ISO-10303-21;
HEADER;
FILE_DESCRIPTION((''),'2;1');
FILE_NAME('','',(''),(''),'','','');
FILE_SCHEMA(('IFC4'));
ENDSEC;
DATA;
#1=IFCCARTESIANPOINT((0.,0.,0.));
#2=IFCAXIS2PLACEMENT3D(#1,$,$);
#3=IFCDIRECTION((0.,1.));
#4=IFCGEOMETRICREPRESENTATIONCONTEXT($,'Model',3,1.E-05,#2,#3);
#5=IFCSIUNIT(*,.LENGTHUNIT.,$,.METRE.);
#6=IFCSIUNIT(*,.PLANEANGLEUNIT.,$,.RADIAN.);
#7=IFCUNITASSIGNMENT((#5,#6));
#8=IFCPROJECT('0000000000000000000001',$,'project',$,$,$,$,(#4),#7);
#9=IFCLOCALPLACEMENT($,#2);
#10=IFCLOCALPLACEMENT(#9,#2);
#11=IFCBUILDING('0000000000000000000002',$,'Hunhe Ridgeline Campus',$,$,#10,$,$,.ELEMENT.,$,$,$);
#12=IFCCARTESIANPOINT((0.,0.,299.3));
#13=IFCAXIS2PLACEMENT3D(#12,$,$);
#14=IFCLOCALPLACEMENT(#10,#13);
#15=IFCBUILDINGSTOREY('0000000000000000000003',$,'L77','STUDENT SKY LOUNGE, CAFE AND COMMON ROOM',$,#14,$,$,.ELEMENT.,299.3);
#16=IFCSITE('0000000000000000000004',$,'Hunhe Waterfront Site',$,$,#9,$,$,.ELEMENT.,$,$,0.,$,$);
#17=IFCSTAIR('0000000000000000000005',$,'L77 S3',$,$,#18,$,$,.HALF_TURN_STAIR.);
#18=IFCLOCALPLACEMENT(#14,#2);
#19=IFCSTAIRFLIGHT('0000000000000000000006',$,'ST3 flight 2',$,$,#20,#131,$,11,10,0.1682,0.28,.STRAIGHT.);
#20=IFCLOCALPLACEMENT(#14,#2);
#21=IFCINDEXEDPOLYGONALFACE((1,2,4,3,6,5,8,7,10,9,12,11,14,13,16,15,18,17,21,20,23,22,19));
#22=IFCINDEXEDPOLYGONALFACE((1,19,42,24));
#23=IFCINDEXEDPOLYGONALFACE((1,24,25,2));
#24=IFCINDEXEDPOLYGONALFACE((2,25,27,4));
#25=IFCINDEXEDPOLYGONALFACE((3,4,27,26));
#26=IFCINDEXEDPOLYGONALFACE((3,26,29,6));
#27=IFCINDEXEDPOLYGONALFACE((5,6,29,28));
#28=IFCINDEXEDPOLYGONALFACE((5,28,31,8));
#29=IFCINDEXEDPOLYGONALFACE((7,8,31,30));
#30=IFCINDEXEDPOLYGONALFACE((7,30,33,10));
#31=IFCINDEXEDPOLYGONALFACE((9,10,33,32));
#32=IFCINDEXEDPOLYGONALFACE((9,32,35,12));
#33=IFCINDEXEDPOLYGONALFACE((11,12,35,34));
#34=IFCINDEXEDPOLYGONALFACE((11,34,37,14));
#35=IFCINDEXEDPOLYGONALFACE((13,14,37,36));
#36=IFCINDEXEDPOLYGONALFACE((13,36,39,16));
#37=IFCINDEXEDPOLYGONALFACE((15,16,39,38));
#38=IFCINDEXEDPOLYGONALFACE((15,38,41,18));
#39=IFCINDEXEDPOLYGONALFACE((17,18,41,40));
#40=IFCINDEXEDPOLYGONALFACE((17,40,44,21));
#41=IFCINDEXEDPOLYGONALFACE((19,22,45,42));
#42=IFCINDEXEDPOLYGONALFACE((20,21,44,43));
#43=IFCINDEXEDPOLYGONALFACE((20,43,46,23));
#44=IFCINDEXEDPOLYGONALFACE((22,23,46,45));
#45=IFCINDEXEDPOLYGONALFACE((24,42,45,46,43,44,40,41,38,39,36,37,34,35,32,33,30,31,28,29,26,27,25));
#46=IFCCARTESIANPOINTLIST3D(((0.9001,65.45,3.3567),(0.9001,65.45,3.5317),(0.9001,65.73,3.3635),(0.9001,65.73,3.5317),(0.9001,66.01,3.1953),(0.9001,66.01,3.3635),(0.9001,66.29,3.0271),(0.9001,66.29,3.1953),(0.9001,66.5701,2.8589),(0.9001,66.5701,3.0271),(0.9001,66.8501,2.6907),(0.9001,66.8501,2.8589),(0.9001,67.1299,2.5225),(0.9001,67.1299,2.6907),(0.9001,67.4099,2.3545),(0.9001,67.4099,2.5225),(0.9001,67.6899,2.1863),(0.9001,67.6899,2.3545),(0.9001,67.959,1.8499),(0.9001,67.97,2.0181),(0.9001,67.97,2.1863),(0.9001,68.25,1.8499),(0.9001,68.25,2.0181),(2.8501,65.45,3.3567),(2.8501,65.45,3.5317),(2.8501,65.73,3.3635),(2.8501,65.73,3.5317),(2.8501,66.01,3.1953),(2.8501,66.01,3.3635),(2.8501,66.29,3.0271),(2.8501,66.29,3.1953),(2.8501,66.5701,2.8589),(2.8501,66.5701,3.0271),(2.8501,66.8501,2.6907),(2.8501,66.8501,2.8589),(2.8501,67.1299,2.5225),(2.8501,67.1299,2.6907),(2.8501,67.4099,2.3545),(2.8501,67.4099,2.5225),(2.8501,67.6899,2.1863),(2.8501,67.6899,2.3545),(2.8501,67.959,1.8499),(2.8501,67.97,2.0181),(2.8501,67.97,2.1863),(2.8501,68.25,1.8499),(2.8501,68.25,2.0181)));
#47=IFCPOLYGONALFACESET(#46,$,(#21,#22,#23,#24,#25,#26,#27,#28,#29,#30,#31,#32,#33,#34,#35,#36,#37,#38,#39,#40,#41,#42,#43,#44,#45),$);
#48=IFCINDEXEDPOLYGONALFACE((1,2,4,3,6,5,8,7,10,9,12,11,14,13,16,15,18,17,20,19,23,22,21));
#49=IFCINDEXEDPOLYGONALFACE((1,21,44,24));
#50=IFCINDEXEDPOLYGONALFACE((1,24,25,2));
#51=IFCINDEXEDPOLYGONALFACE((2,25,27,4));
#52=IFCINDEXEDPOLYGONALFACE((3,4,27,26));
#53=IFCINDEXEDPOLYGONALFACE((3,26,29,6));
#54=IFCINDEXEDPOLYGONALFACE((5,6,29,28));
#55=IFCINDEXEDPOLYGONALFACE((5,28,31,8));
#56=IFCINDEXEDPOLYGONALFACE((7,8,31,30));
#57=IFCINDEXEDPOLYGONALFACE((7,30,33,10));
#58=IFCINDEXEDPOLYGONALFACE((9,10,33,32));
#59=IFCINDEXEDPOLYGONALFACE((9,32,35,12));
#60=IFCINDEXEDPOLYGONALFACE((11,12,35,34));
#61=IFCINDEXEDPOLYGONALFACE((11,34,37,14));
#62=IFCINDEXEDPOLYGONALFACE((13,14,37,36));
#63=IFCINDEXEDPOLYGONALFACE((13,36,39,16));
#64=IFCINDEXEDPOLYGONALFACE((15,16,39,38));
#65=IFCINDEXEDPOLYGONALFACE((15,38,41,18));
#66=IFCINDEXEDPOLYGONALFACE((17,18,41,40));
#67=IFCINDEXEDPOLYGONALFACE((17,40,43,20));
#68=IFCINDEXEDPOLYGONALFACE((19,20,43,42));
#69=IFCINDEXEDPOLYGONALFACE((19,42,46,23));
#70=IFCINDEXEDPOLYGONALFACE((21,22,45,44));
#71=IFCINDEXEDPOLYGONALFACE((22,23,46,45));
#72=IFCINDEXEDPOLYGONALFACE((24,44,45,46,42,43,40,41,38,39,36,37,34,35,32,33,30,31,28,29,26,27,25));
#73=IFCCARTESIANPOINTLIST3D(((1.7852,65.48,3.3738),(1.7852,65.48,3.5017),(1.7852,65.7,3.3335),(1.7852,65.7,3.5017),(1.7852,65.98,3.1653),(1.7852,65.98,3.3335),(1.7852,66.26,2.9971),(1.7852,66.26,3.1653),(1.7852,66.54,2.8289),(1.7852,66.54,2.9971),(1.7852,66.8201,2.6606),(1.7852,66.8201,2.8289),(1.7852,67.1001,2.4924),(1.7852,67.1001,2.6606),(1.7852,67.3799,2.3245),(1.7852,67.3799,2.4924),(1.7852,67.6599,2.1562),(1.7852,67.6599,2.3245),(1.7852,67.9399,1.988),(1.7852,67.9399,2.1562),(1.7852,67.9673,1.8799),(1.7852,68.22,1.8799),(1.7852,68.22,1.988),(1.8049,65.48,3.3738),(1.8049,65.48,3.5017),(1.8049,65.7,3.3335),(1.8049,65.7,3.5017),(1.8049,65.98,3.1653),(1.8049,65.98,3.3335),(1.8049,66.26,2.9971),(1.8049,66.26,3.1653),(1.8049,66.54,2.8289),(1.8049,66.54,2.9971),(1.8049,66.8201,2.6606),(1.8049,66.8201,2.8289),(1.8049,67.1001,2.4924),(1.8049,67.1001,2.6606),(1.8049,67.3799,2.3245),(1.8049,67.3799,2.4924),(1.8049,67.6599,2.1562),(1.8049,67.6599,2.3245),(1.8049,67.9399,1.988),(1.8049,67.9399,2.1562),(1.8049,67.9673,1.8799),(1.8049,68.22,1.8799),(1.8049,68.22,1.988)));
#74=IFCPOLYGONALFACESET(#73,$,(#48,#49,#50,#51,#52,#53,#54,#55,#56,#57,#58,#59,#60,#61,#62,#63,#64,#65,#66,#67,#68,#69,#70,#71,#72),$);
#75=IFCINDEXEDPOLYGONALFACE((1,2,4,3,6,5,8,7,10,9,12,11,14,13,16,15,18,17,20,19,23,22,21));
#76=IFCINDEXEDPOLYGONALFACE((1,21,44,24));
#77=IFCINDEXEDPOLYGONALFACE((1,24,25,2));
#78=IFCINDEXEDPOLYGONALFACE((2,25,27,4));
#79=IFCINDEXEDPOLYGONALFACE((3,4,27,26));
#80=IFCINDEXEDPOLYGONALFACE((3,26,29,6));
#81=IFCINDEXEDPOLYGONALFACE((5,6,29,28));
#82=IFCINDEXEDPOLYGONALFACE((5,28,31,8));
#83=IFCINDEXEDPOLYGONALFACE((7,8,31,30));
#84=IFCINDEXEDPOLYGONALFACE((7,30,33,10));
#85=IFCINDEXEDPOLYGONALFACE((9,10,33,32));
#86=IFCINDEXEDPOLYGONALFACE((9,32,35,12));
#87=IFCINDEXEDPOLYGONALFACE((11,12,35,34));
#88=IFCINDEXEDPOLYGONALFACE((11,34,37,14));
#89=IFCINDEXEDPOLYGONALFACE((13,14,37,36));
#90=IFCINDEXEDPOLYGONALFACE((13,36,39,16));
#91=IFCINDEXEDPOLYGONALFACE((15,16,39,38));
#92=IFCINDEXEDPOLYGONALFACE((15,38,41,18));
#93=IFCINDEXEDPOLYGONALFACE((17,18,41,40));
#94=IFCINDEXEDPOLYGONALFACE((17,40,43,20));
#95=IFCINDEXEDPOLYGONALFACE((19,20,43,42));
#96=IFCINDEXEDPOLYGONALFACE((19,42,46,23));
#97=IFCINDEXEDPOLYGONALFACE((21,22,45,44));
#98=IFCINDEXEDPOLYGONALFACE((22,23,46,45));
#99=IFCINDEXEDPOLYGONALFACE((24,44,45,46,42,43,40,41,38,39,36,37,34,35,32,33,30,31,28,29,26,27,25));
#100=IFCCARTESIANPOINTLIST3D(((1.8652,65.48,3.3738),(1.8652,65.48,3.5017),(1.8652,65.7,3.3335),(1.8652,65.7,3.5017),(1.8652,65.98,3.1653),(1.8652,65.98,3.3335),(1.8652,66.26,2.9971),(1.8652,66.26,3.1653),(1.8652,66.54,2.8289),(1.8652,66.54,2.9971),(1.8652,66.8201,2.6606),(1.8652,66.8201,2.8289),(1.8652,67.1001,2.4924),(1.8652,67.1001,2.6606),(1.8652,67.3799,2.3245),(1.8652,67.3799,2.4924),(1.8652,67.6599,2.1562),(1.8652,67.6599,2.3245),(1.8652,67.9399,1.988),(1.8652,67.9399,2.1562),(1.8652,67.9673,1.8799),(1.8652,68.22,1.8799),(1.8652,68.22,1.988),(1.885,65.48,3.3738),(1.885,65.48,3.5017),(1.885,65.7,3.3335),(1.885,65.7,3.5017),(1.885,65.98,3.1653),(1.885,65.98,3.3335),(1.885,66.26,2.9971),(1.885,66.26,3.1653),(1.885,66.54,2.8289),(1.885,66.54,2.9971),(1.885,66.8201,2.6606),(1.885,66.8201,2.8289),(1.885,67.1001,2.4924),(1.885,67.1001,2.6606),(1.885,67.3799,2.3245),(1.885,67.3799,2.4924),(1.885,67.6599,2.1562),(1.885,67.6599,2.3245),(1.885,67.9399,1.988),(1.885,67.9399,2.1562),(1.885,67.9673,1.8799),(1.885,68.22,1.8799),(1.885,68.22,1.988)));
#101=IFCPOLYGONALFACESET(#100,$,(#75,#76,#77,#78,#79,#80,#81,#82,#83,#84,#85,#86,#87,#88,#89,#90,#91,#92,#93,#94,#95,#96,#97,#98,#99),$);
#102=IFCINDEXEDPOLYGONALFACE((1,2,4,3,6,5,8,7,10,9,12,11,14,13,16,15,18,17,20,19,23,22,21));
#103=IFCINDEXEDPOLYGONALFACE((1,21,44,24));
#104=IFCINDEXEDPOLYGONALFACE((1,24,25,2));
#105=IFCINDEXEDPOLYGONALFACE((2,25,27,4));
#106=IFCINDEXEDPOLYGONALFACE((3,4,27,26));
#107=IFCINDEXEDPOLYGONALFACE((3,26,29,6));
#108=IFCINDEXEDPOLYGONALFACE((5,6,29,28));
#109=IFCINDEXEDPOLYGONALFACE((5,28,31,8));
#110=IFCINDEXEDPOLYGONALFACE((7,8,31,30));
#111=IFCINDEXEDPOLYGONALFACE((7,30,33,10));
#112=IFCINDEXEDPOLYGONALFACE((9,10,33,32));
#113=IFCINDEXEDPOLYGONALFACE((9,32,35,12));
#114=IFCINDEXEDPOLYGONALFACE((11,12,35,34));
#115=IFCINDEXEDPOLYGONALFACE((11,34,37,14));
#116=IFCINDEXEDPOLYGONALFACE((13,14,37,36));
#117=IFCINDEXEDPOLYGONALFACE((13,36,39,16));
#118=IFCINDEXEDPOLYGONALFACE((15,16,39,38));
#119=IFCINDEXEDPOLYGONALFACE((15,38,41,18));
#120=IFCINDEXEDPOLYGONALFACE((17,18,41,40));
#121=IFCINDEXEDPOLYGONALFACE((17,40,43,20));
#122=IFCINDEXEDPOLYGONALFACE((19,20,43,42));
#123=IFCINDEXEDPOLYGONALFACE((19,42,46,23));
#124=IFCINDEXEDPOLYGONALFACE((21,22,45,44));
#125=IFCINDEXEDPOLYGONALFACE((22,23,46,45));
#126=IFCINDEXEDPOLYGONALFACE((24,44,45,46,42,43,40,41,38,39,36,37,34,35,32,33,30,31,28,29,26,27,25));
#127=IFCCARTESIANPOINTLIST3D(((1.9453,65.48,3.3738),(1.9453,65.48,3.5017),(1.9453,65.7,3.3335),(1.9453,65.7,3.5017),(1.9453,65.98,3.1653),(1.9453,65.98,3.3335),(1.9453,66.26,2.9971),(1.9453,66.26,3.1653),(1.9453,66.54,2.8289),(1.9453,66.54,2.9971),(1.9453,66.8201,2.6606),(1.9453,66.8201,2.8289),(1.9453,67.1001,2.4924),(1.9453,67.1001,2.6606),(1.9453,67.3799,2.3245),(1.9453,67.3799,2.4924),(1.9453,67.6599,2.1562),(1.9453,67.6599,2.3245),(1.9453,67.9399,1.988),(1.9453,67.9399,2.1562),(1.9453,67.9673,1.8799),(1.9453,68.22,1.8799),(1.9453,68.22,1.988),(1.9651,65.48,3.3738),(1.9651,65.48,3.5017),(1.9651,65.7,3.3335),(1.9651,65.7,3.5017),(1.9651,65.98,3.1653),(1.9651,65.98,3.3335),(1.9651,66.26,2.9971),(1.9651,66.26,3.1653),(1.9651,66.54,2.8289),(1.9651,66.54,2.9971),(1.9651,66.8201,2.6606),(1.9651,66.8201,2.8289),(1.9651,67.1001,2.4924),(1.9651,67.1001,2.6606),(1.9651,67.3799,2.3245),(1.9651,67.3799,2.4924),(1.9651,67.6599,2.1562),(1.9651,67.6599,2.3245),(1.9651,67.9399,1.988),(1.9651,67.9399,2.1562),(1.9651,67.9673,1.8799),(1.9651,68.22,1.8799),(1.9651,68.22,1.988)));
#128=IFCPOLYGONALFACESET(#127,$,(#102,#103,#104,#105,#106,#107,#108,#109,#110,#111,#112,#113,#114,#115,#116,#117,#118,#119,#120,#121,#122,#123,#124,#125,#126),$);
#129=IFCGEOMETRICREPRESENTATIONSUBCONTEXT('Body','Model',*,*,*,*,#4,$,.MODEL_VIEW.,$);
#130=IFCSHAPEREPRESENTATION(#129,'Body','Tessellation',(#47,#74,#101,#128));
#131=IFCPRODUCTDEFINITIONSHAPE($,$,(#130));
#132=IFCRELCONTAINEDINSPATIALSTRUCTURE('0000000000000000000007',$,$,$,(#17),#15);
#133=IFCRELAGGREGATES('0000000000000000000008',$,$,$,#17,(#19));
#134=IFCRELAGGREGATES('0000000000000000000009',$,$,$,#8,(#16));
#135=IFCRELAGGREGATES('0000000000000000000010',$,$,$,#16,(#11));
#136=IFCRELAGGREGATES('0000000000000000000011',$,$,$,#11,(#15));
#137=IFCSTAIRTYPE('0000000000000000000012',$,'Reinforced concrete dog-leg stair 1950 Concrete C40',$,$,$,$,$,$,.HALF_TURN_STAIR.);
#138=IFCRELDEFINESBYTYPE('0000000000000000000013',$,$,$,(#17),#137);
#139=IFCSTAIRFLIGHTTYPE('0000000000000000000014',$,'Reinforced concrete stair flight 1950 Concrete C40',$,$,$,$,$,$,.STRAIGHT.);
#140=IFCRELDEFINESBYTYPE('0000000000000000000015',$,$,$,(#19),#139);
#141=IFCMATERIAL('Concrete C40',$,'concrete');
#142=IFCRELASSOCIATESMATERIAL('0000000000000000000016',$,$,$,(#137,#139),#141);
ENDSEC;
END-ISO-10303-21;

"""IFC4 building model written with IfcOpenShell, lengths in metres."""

from ifc_helpers import new_model, si_unit, direction, frame, origin, place, context, subcontext, project, spatial, polyline, outline, extrude, material, type_object, element, aggregate, save


model = new_model("IFC4")

# Units and contexts
model_context = context("Model", 3, precision=1e-05, world=origin(), true_north=direction((0.0, 1.0)))
body_context = subcontext(model_context, "Body", "Model", "MODEL_VIEW")
ifc_project = project(units=[si_unit("LENGTHUNIT", "METRE"), si_unit("PLANEANGLEUNIT", "RADIAN")], contexts=[model_context])

# Site, building, storey
site_placement = place(None, origin())
site = spatial("IfcSite", under=ifc_project, at=site_placement, Name="Hunhe Waterfront Site", CompositionType="ELEMENT", RefElevation=0.0)
building_placement = place(site_placement, origin())
building = spatial("IfcBuilding", under=site, at=building_placement, Name="Hunhe Ridgeline Campus", CompositionType="ELEMENT")
storey_placement = place(building_placement, frame((0.0, 0.0, 299.3)))
storey = spatial("IfcBuildingStorey", under=building, at=storey_placement, Name="L77", Description="STUDENT SKY LOUNGE, CAFE AND COMMON ROOM", CompositionType="ELEMENT", Elevation=299.3)

# Stair, stair flight
ifc_material_1 = material(Name="Concrete C40", Category="concrete")
stair_type = type_object("IfcStairType", Name="Reinforced concrete dog-leg stair 1950 Concrete C40", PredefinedType="HALF_TURN_STAIR", material=ifc_material_1)
stair_1_placement = place(storey_placement, origin())
stair_1 = element("IfcStair", 1, at=stair_1_placement, inside=storey, type_object=stair_type, Name="L77 S3", PredefinedType="HALF_TURN_STAIR")
stair_flight_type = type_object("IfcStairFlightType", Name="Reinforced concrete stair flight 1950 Concrete C40", PredefinedType="STRAIGHT", material=ifc_material_1)
stair_flight_1_placement = place(storey_placement, frame((1.875, 68.25, 1.8499), z_axis=(0.0, 0.0, 1.0), x_axis=(0.0, -1.0, 0.0)))
stair_flight_1 = element("IfcStairFlight", 2, at=stair_flight_1_placement, type_object=stair_flight_type, Name="ST3 flight 2", NumberOfRisers=11, NumberOfTreads=10, PredefinedType="STRAIGHT", RiserHeight=0.1682, TreadLength=0.28, context=body_context, shape_type="SweptSolid", body=[
    extrude(outline(polyline([(0.0, 0.0), (0.0, 0.1682), (0.28, 0.1682), (0.28, 0.3364), (0.5601, 0.3364), (0.5601, 0.5046), (0.8401, 0.5046), (0.8401, 0.6726), (1.1201, 0.6726), (1.1201, 0.8408), (1.3999, 0.8408), (1.3999, 1.009), (1.6799, 1.009), (1.6799, 1.1772), (1.96, 1.1772), (1.96, 1.3455), (2.24, 1.3455), (2.24, 1.5137), (2.52, 1.5137), (2.52, 1.6819), (2.8, 1.6819), (2.8, 1.8501), (2.8, 1.5068), (0.291, 0.0), (0.0, 0.0)])), frame((0.0, 0.9751, 0.0), z_axis=(0.0, -1.0, 0.0), x_axis=(1.0, 0.0, 0.0)), (0.0, 0.0, 1.0), 1.95),
    extrude(outline(polyline([(0.03, 0.03), (0.03, 0.1382), (0.3101, 0.1382), (0.3101, 0.3064), (0.5901, 0.3064), (0.5901, 0.4746), (0.8701, 0.4746), (0.8701, 0.6426), (1.1499, 0.6426), (1.1499, 0.8108), (1.4299, 0.8108), (1.4299, 0.979), (1.71, 0.979), (1.71, 1.1472), (1.99, 1.1472), (1.99, 1.3154), (2.27, 1.3154), (2.27, 1.4836), (2.55, 1.4836), (2.55, 1.6519), (2.77, 1.6519), (2.77, 1.5239), (0.2827, 0.03), (0.03, 0.03)])), frame((0.0, -0.0701, 0.0), z_axis=(0.0, -1.0, 0.0), x_axis=(1.0, 0.0, 0.0)), (0.0, 0.0, 1.0), 0.0198),
    extrude(outline(polyline([(0.03, 0.03), (0.03, 0.1382), (0.3101, 0.1382), (0.3101, 0.3064), (0.5901, 0.3064), (0.5901, 0.4746), (0.8701, 0.4746), (0.8701, 0.6426), (1.1499, 0.6426), (1.1499, 0.8108), (1.4299, 0.8108), (1.4299, 0.979), (1.71, 0.979), (1.71, 1.1472), (1.99, 1.1472), (1.99, 1.3154), (2.27, 1.3154), (2.27, 1.4836), (2.55, 1.4836), (2.55, 1.6519), (2.77, 1.6519), (2.77, 1.5239), (0.2827, 0.03), (0.03, 0.03)])), frame((0.0, 0.01, 0.0), z_axis=(0.0, -1.0, 0.0), x_axis=(1.0, 0.0, 0.0)), (0.0, 0.0, 1.0), 0.0198),
    extrude(outline(polyline([(0.03, 0.03), (0.03, 0.1382), (0.3101, 0.1382), (0.3101, 0.3064), (0.5901, 0.3064), (0.5901, 0.4746), (0.8701, 0.4746), (0.8701, 0.6426), (1.1499, 0.6426), (1.1499, 0.8108), (1.4299, 0.8108), (1.4299, 0.979), (1.71, 0.979), (1.71, 1.1472), (1.99, 1.1472), (1.99, 1.3154), (2.27, 1.3154), (2.27, 1.4836), (2.55, 1.4836), (2.55, 1.6519), (2.77, 1.6519), (2.77, 1.5239), (0.2827, 0.03), (0.03, 0.03)])), frame((0.0, 0.0901, 0.0), z_axis=(0.0, -1.0, 0.0), x_axis=(1.0, 0.0, 0.0)), (0.0, 0.0, 1.0), 0.0198),
])
aggregate(stair_1, [stair_flight_1])

save(model, "model.ifc")
